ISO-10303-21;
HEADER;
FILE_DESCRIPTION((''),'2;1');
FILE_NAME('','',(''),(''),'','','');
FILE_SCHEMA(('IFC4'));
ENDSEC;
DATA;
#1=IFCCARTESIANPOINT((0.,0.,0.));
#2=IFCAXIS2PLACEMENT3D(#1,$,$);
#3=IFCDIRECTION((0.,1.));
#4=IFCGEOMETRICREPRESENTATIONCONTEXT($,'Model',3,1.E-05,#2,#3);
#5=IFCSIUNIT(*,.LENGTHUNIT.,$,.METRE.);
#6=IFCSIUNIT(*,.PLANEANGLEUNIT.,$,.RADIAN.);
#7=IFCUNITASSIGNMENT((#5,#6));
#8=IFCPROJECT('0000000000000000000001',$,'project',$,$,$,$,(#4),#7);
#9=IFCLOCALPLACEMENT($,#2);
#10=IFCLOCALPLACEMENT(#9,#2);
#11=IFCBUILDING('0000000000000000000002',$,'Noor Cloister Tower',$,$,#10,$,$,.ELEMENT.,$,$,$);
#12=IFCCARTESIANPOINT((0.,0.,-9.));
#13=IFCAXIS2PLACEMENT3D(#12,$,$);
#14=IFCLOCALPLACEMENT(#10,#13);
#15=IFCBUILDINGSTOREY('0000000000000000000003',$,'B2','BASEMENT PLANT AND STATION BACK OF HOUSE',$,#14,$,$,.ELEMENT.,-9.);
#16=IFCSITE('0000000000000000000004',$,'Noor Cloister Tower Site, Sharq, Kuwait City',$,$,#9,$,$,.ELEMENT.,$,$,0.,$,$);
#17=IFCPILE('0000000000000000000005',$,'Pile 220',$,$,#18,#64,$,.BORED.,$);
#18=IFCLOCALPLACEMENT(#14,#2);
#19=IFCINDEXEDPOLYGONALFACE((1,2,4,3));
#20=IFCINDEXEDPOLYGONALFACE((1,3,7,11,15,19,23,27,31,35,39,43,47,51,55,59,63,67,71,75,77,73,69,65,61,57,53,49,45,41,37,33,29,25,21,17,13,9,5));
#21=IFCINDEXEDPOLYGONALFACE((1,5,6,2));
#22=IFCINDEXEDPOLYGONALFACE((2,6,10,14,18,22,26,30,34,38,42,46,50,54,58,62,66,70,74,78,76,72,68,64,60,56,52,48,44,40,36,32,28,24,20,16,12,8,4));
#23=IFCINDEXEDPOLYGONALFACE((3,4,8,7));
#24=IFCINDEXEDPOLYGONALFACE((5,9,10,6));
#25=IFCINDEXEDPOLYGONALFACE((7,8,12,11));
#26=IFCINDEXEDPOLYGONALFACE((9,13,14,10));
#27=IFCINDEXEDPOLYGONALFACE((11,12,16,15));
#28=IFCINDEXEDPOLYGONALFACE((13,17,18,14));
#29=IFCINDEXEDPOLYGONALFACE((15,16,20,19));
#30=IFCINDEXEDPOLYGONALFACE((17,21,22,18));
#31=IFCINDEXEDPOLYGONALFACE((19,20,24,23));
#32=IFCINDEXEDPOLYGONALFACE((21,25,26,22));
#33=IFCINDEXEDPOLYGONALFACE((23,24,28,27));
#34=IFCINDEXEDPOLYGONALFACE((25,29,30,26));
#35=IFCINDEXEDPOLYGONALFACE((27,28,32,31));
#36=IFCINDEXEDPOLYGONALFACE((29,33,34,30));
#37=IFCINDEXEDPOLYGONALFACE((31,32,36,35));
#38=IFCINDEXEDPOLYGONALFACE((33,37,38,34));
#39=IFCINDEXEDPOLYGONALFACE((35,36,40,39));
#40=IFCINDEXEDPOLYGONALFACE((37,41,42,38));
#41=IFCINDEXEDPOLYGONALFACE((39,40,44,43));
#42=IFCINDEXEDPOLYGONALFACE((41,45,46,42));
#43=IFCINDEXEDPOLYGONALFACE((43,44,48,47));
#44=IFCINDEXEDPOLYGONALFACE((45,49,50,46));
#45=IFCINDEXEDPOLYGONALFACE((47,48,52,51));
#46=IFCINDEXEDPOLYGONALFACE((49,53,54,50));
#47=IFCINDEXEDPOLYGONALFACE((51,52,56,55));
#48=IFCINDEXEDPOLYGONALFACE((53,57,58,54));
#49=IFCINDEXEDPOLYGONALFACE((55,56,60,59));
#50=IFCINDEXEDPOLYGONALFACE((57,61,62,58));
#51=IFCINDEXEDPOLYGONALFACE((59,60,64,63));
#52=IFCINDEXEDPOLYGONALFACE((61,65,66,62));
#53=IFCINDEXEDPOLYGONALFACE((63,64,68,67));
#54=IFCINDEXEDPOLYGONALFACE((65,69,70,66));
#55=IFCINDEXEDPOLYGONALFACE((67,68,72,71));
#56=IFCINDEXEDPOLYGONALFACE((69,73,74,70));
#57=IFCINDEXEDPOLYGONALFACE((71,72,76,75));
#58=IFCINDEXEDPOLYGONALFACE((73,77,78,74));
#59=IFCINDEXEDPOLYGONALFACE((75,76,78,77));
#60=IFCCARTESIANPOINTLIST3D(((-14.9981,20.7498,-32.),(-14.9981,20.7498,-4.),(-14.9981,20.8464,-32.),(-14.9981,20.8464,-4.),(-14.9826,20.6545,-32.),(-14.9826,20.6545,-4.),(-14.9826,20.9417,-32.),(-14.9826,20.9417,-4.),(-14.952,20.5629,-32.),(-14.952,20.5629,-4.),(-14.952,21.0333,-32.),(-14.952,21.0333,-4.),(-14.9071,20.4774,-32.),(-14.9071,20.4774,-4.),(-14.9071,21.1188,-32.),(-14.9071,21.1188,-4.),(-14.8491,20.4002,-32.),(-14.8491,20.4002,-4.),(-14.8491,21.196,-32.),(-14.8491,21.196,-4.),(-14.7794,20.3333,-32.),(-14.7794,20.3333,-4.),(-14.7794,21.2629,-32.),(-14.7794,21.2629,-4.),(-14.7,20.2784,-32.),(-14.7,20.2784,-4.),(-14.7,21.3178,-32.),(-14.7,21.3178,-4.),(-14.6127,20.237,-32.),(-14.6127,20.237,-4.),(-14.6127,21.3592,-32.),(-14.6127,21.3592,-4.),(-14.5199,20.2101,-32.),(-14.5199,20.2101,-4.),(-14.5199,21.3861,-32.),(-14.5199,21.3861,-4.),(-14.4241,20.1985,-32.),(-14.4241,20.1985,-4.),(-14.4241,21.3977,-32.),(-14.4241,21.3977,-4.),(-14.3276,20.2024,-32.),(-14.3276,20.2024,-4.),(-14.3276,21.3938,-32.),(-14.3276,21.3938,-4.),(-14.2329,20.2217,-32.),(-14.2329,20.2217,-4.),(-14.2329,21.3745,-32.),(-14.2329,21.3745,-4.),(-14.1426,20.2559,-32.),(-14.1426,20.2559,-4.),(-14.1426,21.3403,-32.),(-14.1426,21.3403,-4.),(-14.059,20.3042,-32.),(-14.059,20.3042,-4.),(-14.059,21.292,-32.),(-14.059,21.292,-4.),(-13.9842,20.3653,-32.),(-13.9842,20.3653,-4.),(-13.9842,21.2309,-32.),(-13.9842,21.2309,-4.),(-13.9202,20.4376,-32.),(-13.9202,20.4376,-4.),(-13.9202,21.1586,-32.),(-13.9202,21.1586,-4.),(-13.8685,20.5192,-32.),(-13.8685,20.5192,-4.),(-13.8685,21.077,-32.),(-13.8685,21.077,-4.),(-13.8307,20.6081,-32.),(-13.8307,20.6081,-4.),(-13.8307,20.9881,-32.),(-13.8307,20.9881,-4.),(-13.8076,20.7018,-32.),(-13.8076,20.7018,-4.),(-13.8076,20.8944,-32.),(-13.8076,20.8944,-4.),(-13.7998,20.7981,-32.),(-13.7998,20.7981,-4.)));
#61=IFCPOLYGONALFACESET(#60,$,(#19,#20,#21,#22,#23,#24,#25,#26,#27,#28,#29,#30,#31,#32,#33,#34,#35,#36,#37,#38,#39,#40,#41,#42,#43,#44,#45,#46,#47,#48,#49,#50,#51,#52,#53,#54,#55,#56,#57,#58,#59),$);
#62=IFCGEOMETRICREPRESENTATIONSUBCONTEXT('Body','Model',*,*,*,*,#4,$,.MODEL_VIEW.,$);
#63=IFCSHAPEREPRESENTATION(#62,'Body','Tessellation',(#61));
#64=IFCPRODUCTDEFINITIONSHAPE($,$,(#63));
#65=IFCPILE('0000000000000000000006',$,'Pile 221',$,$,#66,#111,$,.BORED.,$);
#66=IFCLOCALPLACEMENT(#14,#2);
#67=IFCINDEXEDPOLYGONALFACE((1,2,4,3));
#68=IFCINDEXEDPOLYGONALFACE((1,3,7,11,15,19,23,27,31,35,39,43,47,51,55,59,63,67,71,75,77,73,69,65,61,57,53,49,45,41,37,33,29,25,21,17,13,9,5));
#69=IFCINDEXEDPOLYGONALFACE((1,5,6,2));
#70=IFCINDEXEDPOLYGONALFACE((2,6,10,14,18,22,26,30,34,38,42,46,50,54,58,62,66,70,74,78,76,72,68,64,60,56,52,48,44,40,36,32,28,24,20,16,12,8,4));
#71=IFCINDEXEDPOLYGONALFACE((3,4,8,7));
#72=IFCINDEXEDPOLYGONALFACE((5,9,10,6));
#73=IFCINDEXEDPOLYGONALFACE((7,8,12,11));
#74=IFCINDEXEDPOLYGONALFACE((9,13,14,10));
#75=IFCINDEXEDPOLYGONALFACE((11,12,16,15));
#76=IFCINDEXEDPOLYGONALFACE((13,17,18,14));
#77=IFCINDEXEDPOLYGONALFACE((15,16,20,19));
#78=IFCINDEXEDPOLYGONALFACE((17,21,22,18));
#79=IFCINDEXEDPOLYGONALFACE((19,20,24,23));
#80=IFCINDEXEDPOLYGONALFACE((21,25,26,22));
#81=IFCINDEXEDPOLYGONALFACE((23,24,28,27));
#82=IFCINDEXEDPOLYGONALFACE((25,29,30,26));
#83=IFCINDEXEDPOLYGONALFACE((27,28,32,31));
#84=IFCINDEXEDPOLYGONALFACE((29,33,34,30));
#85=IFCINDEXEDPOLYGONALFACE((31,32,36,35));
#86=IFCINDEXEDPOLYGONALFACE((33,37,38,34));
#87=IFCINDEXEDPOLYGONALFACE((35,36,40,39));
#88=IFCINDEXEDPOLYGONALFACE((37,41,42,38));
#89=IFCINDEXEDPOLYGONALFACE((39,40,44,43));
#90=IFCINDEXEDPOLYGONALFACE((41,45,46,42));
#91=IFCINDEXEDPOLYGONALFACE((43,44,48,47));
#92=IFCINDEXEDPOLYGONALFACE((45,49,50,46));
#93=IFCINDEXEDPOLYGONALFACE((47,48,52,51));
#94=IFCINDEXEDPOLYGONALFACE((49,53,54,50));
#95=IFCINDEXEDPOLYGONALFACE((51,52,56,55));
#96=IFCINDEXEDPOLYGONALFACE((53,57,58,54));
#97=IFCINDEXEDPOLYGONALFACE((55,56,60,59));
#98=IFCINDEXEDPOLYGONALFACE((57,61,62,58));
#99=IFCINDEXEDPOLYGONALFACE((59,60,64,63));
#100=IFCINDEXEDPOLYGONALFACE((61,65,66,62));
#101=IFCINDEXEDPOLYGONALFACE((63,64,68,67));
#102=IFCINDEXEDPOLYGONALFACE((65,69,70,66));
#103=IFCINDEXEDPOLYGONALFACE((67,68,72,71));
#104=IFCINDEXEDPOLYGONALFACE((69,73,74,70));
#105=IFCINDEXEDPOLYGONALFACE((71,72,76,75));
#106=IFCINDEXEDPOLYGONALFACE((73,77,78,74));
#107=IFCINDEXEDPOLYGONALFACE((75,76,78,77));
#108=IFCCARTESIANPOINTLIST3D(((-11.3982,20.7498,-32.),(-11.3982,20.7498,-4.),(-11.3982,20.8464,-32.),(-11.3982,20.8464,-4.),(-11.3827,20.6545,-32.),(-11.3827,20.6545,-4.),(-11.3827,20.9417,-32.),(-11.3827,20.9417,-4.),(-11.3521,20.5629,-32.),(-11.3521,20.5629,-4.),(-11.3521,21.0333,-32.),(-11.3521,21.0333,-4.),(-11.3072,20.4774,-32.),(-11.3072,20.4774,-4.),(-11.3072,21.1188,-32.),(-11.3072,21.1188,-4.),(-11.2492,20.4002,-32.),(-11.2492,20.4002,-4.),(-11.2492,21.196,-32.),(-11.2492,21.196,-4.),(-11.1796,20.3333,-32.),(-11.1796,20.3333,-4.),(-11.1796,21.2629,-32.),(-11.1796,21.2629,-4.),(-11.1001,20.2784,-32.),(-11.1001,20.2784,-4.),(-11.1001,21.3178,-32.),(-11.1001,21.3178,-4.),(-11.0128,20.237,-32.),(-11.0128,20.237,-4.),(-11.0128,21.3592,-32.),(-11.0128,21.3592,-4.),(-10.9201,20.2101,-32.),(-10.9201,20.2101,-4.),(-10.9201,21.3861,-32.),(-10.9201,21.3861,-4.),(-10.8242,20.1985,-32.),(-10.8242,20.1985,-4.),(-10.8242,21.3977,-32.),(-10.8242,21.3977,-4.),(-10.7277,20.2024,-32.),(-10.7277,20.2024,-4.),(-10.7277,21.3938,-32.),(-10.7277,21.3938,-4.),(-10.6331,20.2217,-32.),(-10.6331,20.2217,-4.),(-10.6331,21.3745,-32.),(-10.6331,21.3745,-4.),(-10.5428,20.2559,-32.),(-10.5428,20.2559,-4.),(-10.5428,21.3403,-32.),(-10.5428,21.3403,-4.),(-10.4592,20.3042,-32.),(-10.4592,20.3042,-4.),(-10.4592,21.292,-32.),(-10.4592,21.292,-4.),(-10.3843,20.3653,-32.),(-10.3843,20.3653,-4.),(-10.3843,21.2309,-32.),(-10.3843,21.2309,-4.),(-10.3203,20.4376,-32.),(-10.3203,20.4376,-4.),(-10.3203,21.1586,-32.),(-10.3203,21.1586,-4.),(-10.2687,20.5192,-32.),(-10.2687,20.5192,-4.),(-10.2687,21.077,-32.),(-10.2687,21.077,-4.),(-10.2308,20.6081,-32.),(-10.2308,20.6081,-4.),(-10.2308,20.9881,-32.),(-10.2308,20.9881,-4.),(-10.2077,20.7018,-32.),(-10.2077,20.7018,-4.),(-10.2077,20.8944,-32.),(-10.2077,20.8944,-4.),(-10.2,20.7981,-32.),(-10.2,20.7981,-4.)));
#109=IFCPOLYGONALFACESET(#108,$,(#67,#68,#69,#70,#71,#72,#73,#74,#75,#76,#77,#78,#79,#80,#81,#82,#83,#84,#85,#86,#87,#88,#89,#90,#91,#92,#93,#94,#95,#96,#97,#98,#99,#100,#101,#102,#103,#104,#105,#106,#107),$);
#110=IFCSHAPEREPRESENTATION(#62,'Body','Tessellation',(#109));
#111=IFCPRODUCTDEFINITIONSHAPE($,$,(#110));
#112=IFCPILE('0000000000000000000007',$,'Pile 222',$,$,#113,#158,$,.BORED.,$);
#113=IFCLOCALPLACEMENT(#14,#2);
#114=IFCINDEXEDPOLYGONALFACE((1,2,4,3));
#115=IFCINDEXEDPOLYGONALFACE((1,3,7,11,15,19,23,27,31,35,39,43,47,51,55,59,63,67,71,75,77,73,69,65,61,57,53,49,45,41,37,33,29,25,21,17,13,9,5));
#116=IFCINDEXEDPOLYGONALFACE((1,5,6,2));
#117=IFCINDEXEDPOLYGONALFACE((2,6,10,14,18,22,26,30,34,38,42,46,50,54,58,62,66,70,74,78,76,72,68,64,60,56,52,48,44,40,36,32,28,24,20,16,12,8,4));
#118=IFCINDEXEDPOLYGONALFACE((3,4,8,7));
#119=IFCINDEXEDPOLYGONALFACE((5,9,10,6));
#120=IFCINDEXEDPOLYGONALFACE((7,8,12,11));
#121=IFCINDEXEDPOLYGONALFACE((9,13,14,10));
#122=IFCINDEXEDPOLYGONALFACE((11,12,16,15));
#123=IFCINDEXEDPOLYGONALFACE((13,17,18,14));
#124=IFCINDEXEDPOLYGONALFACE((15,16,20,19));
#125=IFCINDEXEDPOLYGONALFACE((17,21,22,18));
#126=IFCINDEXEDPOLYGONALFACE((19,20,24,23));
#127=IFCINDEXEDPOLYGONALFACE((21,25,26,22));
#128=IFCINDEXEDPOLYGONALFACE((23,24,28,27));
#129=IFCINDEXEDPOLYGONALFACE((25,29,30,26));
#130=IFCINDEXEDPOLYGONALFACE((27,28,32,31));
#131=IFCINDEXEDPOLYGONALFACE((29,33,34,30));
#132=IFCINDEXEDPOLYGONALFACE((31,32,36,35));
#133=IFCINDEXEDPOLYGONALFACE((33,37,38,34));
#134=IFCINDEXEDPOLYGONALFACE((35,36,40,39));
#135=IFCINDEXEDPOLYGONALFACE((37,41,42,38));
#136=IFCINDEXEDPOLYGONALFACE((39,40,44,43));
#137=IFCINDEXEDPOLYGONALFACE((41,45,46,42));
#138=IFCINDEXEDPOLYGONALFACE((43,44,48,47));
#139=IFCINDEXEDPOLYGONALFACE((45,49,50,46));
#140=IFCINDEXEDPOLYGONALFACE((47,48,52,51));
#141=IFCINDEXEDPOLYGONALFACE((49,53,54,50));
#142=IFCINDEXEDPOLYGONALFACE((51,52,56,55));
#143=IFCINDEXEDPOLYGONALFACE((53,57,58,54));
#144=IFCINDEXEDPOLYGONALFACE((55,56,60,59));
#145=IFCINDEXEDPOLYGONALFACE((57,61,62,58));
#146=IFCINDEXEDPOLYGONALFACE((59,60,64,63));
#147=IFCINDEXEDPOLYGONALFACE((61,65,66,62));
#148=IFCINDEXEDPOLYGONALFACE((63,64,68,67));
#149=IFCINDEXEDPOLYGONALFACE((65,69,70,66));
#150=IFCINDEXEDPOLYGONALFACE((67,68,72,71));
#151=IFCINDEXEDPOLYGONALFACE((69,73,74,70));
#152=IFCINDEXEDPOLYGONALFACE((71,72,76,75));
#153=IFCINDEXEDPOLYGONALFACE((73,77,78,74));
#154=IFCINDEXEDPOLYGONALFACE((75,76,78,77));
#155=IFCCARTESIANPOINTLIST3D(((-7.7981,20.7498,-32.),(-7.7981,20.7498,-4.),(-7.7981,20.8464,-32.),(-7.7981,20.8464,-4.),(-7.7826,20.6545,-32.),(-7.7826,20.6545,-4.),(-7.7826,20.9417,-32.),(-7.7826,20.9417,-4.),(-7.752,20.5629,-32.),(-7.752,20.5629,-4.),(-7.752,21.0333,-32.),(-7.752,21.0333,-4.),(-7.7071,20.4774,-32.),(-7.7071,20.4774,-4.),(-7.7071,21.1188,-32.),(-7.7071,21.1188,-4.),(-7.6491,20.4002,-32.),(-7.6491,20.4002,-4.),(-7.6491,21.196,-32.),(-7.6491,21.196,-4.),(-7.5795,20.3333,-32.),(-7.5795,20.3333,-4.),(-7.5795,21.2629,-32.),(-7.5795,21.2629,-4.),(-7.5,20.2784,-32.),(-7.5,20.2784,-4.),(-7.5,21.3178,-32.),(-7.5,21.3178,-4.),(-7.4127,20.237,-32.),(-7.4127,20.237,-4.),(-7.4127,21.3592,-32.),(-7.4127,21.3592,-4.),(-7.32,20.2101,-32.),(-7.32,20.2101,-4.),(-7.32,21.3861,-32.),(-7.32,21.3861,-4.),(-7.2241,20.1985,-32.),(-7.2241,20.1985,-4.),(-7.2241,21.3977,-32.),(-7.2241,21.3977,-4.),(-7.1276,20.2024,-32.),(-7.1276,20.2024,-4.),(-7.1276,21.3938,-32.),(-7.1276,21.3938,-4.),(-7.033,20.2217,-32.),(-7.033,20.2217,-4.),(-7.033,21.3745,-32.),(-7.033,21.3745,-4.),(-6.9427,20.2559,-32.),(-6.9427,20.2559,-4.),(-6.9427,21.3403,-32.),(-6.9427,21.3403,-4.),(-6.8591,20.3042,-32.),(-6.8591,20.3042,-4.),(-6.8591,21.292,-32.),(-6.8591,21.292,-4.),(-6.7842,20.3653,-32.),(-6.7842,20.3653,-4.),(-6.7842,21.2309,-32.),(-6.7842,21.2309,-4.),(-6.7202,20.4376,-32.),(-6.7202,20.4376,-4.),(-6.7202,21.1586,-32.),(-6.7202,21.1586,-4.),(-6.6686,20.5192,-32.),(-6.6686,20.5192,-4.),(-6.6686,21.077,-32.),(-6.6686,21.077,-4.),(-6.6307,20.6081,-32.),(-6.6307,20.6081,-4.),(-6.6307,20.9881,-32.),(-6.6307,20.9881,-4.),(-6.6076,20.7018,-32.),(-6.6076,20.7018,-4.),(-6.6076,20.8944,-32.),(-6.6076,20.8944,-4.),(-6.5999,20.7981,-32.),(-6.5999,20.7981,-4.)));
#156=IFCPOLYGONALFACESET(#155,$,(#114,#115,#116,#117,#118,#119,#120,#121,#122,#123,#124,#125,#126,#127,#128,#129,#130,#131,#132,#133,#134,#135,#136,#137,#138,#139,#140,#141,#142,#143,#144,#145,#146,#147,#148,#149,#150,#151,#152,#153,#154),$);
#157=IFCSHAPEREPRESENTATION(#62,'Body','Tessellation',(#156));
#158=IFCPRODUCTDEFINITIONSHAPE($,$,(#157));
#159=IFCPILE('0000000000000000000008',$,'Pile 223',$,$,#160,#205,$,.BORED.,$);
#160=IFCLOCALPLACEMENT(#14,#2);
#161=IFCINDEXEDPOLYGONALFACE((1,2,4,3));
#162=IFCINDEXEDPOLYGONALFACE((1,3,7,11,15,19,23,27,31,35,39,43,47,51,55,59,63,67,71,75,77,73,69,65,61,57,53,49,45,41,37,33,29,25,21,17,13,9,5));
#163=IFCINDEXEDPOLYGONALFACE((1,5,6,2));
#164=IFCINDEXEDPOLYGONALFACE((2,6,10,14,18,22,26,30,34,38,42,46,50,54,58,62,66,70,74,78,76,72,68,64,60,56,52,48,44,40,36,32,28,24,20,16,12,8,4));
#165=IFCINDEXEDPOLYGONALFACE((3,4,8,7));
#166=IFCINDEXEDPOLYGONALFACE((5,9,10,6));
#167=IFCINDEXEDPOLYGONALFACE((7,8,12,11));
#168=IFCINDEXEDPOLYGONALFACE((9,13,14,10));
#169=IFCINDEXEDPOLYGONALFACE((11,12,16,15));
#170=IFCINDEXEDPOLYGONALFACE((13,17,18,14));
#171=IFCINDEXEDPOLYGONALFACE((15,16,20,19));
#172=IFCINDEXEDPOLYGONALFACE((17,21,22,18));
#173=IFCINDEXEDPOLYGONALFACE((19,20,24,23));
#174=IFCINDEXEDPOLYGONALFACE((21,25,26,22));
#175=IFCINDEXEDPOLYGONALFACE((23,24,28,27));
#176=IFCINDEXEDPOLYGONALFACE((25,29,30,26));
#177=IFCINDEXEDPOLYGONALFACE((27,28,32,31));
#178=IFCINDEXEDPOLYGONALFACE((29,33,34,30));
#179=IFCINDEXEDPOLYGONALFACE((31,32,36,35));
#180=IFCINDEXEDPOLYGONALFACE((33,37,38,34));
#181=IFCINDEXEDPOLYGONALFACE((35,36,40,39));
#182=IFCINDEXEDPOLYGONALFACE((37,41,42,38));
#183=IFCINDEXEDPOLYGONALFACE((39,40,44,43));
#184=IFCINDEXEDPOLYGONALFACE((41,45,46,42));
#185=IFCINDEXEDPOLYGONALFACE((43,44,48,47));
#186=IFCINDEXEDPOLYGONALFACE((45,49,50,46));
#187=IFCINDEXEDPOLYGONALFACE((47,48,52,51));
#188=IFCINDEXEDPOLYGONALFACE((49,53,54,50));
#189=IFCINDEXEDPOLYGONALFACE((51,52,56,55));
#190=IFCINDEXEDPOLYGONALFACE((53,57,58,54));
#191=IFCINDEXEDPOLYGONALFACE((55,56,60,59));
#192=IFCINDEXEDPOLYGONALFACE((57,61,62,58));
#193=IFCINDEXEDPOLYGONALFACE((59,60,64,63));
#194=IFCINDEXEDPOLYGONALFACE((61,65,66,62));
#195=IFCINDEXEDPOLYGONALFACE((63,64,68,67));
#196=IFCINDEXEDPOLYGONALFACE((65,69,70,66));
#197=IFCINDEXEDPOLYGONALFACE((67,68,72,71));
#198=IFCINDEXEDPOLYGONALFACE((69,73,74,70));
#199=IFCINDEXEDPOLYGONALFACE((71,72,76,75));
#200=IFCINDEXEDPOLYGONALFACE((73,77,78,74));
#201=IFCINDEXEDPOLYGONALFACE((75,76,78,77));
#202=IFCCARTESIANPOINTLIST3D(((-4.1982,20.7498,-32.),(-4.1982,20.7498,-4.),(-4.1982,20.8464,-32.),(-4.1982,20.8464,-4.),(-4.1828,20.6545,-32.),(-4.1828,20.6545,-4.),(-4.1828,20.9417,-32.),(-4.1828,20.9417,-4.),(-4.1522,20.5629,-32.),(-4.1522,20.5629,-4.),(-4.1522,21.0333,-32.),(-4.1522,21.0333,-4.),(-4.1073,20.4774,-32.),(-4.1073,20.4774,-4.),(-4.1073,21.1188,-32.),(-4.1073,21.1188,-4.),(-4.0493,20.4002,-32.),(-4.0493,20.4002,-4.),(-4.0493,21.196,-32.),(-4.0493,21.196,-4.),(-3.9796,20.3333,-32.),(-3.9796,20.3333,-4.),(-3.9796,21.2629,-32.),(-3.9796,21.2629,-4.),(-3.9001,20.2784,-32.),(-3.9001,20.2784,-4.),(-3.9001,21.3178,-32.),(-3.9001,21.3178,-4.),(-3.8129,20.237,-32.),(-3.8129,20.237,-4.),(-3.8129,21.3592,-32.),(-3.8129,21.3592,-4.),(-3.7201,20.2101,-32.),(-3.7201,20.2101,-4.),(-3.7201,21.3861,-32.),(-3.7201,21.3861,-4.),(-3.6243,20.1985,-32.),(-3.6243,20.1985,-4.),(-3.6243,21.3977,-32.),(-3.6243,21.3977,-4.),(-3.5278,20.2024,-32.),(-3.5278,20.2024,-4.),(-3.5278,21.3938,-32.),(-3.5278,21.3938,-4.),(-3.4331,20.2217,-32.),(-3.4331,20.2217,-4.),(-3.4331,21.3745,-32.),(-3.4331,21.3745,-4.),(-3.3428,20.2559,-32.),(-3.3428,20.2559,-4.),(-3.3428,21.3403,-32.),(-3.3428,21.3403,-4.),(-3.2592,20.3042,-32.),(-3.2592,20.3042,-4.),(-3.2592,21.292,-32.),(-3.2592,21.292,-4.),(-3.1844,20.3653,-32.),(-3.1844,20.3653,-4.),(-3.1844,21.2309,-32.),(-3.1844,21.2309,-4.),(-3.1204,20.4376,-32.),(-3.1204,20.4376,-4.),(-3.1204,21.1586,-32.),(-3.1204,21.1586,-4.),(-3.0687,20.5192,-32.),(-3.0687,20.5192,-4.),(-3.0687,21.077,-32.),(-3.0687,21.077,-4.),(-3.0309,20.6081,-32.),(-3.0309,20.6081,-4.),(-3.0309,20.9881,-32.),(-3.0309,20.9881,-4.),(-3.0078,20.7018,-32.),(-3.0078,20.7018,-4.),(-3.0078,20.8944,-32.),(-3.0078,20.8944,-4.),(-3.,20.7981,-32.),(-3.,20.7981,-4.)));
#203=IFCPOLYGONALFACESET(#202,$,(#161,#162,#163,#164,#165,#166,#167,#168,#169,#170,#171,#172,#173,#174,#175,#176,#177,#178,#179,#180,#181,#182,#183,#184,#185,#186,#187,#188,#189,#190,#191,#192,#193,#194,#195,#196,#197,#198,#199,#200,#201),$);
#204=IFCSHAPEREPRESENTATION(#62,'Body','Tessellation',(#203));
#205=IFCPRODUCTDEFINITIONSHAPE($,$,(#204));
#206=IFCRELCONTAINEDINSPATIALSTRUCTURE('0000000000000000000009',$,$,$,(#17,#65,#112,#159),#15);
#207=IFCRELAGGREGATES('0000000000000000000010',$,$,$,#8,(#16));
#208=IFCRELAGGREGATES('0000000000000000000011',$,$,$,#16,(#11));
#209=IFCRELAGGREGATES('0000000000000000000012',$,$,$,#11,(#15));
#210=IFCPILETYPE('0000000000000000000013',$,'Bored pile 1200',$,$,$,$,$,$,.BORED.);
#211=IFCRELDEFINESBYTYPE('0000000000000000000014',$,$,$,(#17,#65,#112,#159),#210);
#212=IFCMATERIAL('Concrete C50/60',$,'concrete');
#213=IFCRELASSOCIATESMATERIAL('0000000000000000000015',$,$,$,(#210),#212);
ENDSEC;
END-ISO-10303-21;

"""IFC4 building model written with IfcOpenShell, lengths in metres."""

from ifc_helpers import new_model, si_unit, direction, frame, origin, origin_2d, place, context, subcontext, project, spatial, circle, extrude, material, material_profile, profile_set, type_object, element, save


model = new_model("IFC4")

# Units and contexts
model_context = context("Model", 3, precision=1e-05, world=origin(), true_north=direction((0.0, 1.0)))
body_context = subcontext(model_context, "Body", "Model", "MODEL_VIEW")
ifc_project = project(units=[si_unit("LENGTHUNIT", "METRE"), si_unit("PLANEANGLEUNIT", "RADIAN")], contexts=[model_context])

# Site, building, storey
site_placement = place(None, origin())
site = spatial("IfcSite", under=ifc_project, at=site_placement, Name="Noor Cloister Tower Site, Sharq, Kuwait City", CompositionType="ELEMENT", RefElevation=0.0)
building_placement = place(site_placement, origin())
building = spatial("IfcBuilding", under=site, at=building_placement, Name="Noor Cloister Tower", CompositionType="ELEMENT")
storey_placement = place(building_placement, frame((0.0, 0.0, -9.0)))
storey = spatial("IfcBuildingStorey", under=building, at=storey_placement, Name="B2", Description="BASEMENT PLANT AND STATION BACK OF HOUSE", CompositionType="ELEMENT", Elevation=-9.0)

# Piles
ifc_material_1 = material(Name="Concrete C50/60", Category="concrete")
ifc_material_profile_1 = material_profile(ifc_material_1, circle(Radius=0.6001, at=origin_2d()), Name="Bored pile 1200")
ifc_profile_set_1 = profile_set([ifc_material_profile_1], Name="Concrete C50/60")
pile_type = type_object("IfcPileType", Name="Bored pile 1200", PredefinedType="BORED", material=ifc_profile_set_1)
for number, where, z_axis, x_axis, name in (
    (1, (-14.3999, 20.7981, -4.0), (0.0, 0.0, -1.0), (1.0, 0.0, 0.0), "Pile 220"),
    (2, (-10.8, 20.7981, -4.0), (0.0, 0.0, -1.0), (1.0, 0.0, 0.0), "Pile 221"),
    (3, (-7.2, 20.7981, -4.0), (0.0, 0.0, -1.0), (1.0, 0.0, 0.0), "Pile 222"),
    (4, (-3.6001, 20.7981, -4.0), (0.0, 0.0, -1.0), (1.0, 0.0, 0.0), "Pile 223"),
):
    element("IfcPile", number, at=place(storey_placement, frame(where, z_axis=z_axis, x_axis=x_axis)), inside=storey, type_object=pile_type, Name=name, PredefinedType="BORED", context=body_context, shape_type="SweptSolid", body=[
        extrude(circle(Radius=0.6001, at=origin_2d()), origin(), (0.0, 0.0, 1.0), 28.0),
    ])

save(model, "model.ifc")
